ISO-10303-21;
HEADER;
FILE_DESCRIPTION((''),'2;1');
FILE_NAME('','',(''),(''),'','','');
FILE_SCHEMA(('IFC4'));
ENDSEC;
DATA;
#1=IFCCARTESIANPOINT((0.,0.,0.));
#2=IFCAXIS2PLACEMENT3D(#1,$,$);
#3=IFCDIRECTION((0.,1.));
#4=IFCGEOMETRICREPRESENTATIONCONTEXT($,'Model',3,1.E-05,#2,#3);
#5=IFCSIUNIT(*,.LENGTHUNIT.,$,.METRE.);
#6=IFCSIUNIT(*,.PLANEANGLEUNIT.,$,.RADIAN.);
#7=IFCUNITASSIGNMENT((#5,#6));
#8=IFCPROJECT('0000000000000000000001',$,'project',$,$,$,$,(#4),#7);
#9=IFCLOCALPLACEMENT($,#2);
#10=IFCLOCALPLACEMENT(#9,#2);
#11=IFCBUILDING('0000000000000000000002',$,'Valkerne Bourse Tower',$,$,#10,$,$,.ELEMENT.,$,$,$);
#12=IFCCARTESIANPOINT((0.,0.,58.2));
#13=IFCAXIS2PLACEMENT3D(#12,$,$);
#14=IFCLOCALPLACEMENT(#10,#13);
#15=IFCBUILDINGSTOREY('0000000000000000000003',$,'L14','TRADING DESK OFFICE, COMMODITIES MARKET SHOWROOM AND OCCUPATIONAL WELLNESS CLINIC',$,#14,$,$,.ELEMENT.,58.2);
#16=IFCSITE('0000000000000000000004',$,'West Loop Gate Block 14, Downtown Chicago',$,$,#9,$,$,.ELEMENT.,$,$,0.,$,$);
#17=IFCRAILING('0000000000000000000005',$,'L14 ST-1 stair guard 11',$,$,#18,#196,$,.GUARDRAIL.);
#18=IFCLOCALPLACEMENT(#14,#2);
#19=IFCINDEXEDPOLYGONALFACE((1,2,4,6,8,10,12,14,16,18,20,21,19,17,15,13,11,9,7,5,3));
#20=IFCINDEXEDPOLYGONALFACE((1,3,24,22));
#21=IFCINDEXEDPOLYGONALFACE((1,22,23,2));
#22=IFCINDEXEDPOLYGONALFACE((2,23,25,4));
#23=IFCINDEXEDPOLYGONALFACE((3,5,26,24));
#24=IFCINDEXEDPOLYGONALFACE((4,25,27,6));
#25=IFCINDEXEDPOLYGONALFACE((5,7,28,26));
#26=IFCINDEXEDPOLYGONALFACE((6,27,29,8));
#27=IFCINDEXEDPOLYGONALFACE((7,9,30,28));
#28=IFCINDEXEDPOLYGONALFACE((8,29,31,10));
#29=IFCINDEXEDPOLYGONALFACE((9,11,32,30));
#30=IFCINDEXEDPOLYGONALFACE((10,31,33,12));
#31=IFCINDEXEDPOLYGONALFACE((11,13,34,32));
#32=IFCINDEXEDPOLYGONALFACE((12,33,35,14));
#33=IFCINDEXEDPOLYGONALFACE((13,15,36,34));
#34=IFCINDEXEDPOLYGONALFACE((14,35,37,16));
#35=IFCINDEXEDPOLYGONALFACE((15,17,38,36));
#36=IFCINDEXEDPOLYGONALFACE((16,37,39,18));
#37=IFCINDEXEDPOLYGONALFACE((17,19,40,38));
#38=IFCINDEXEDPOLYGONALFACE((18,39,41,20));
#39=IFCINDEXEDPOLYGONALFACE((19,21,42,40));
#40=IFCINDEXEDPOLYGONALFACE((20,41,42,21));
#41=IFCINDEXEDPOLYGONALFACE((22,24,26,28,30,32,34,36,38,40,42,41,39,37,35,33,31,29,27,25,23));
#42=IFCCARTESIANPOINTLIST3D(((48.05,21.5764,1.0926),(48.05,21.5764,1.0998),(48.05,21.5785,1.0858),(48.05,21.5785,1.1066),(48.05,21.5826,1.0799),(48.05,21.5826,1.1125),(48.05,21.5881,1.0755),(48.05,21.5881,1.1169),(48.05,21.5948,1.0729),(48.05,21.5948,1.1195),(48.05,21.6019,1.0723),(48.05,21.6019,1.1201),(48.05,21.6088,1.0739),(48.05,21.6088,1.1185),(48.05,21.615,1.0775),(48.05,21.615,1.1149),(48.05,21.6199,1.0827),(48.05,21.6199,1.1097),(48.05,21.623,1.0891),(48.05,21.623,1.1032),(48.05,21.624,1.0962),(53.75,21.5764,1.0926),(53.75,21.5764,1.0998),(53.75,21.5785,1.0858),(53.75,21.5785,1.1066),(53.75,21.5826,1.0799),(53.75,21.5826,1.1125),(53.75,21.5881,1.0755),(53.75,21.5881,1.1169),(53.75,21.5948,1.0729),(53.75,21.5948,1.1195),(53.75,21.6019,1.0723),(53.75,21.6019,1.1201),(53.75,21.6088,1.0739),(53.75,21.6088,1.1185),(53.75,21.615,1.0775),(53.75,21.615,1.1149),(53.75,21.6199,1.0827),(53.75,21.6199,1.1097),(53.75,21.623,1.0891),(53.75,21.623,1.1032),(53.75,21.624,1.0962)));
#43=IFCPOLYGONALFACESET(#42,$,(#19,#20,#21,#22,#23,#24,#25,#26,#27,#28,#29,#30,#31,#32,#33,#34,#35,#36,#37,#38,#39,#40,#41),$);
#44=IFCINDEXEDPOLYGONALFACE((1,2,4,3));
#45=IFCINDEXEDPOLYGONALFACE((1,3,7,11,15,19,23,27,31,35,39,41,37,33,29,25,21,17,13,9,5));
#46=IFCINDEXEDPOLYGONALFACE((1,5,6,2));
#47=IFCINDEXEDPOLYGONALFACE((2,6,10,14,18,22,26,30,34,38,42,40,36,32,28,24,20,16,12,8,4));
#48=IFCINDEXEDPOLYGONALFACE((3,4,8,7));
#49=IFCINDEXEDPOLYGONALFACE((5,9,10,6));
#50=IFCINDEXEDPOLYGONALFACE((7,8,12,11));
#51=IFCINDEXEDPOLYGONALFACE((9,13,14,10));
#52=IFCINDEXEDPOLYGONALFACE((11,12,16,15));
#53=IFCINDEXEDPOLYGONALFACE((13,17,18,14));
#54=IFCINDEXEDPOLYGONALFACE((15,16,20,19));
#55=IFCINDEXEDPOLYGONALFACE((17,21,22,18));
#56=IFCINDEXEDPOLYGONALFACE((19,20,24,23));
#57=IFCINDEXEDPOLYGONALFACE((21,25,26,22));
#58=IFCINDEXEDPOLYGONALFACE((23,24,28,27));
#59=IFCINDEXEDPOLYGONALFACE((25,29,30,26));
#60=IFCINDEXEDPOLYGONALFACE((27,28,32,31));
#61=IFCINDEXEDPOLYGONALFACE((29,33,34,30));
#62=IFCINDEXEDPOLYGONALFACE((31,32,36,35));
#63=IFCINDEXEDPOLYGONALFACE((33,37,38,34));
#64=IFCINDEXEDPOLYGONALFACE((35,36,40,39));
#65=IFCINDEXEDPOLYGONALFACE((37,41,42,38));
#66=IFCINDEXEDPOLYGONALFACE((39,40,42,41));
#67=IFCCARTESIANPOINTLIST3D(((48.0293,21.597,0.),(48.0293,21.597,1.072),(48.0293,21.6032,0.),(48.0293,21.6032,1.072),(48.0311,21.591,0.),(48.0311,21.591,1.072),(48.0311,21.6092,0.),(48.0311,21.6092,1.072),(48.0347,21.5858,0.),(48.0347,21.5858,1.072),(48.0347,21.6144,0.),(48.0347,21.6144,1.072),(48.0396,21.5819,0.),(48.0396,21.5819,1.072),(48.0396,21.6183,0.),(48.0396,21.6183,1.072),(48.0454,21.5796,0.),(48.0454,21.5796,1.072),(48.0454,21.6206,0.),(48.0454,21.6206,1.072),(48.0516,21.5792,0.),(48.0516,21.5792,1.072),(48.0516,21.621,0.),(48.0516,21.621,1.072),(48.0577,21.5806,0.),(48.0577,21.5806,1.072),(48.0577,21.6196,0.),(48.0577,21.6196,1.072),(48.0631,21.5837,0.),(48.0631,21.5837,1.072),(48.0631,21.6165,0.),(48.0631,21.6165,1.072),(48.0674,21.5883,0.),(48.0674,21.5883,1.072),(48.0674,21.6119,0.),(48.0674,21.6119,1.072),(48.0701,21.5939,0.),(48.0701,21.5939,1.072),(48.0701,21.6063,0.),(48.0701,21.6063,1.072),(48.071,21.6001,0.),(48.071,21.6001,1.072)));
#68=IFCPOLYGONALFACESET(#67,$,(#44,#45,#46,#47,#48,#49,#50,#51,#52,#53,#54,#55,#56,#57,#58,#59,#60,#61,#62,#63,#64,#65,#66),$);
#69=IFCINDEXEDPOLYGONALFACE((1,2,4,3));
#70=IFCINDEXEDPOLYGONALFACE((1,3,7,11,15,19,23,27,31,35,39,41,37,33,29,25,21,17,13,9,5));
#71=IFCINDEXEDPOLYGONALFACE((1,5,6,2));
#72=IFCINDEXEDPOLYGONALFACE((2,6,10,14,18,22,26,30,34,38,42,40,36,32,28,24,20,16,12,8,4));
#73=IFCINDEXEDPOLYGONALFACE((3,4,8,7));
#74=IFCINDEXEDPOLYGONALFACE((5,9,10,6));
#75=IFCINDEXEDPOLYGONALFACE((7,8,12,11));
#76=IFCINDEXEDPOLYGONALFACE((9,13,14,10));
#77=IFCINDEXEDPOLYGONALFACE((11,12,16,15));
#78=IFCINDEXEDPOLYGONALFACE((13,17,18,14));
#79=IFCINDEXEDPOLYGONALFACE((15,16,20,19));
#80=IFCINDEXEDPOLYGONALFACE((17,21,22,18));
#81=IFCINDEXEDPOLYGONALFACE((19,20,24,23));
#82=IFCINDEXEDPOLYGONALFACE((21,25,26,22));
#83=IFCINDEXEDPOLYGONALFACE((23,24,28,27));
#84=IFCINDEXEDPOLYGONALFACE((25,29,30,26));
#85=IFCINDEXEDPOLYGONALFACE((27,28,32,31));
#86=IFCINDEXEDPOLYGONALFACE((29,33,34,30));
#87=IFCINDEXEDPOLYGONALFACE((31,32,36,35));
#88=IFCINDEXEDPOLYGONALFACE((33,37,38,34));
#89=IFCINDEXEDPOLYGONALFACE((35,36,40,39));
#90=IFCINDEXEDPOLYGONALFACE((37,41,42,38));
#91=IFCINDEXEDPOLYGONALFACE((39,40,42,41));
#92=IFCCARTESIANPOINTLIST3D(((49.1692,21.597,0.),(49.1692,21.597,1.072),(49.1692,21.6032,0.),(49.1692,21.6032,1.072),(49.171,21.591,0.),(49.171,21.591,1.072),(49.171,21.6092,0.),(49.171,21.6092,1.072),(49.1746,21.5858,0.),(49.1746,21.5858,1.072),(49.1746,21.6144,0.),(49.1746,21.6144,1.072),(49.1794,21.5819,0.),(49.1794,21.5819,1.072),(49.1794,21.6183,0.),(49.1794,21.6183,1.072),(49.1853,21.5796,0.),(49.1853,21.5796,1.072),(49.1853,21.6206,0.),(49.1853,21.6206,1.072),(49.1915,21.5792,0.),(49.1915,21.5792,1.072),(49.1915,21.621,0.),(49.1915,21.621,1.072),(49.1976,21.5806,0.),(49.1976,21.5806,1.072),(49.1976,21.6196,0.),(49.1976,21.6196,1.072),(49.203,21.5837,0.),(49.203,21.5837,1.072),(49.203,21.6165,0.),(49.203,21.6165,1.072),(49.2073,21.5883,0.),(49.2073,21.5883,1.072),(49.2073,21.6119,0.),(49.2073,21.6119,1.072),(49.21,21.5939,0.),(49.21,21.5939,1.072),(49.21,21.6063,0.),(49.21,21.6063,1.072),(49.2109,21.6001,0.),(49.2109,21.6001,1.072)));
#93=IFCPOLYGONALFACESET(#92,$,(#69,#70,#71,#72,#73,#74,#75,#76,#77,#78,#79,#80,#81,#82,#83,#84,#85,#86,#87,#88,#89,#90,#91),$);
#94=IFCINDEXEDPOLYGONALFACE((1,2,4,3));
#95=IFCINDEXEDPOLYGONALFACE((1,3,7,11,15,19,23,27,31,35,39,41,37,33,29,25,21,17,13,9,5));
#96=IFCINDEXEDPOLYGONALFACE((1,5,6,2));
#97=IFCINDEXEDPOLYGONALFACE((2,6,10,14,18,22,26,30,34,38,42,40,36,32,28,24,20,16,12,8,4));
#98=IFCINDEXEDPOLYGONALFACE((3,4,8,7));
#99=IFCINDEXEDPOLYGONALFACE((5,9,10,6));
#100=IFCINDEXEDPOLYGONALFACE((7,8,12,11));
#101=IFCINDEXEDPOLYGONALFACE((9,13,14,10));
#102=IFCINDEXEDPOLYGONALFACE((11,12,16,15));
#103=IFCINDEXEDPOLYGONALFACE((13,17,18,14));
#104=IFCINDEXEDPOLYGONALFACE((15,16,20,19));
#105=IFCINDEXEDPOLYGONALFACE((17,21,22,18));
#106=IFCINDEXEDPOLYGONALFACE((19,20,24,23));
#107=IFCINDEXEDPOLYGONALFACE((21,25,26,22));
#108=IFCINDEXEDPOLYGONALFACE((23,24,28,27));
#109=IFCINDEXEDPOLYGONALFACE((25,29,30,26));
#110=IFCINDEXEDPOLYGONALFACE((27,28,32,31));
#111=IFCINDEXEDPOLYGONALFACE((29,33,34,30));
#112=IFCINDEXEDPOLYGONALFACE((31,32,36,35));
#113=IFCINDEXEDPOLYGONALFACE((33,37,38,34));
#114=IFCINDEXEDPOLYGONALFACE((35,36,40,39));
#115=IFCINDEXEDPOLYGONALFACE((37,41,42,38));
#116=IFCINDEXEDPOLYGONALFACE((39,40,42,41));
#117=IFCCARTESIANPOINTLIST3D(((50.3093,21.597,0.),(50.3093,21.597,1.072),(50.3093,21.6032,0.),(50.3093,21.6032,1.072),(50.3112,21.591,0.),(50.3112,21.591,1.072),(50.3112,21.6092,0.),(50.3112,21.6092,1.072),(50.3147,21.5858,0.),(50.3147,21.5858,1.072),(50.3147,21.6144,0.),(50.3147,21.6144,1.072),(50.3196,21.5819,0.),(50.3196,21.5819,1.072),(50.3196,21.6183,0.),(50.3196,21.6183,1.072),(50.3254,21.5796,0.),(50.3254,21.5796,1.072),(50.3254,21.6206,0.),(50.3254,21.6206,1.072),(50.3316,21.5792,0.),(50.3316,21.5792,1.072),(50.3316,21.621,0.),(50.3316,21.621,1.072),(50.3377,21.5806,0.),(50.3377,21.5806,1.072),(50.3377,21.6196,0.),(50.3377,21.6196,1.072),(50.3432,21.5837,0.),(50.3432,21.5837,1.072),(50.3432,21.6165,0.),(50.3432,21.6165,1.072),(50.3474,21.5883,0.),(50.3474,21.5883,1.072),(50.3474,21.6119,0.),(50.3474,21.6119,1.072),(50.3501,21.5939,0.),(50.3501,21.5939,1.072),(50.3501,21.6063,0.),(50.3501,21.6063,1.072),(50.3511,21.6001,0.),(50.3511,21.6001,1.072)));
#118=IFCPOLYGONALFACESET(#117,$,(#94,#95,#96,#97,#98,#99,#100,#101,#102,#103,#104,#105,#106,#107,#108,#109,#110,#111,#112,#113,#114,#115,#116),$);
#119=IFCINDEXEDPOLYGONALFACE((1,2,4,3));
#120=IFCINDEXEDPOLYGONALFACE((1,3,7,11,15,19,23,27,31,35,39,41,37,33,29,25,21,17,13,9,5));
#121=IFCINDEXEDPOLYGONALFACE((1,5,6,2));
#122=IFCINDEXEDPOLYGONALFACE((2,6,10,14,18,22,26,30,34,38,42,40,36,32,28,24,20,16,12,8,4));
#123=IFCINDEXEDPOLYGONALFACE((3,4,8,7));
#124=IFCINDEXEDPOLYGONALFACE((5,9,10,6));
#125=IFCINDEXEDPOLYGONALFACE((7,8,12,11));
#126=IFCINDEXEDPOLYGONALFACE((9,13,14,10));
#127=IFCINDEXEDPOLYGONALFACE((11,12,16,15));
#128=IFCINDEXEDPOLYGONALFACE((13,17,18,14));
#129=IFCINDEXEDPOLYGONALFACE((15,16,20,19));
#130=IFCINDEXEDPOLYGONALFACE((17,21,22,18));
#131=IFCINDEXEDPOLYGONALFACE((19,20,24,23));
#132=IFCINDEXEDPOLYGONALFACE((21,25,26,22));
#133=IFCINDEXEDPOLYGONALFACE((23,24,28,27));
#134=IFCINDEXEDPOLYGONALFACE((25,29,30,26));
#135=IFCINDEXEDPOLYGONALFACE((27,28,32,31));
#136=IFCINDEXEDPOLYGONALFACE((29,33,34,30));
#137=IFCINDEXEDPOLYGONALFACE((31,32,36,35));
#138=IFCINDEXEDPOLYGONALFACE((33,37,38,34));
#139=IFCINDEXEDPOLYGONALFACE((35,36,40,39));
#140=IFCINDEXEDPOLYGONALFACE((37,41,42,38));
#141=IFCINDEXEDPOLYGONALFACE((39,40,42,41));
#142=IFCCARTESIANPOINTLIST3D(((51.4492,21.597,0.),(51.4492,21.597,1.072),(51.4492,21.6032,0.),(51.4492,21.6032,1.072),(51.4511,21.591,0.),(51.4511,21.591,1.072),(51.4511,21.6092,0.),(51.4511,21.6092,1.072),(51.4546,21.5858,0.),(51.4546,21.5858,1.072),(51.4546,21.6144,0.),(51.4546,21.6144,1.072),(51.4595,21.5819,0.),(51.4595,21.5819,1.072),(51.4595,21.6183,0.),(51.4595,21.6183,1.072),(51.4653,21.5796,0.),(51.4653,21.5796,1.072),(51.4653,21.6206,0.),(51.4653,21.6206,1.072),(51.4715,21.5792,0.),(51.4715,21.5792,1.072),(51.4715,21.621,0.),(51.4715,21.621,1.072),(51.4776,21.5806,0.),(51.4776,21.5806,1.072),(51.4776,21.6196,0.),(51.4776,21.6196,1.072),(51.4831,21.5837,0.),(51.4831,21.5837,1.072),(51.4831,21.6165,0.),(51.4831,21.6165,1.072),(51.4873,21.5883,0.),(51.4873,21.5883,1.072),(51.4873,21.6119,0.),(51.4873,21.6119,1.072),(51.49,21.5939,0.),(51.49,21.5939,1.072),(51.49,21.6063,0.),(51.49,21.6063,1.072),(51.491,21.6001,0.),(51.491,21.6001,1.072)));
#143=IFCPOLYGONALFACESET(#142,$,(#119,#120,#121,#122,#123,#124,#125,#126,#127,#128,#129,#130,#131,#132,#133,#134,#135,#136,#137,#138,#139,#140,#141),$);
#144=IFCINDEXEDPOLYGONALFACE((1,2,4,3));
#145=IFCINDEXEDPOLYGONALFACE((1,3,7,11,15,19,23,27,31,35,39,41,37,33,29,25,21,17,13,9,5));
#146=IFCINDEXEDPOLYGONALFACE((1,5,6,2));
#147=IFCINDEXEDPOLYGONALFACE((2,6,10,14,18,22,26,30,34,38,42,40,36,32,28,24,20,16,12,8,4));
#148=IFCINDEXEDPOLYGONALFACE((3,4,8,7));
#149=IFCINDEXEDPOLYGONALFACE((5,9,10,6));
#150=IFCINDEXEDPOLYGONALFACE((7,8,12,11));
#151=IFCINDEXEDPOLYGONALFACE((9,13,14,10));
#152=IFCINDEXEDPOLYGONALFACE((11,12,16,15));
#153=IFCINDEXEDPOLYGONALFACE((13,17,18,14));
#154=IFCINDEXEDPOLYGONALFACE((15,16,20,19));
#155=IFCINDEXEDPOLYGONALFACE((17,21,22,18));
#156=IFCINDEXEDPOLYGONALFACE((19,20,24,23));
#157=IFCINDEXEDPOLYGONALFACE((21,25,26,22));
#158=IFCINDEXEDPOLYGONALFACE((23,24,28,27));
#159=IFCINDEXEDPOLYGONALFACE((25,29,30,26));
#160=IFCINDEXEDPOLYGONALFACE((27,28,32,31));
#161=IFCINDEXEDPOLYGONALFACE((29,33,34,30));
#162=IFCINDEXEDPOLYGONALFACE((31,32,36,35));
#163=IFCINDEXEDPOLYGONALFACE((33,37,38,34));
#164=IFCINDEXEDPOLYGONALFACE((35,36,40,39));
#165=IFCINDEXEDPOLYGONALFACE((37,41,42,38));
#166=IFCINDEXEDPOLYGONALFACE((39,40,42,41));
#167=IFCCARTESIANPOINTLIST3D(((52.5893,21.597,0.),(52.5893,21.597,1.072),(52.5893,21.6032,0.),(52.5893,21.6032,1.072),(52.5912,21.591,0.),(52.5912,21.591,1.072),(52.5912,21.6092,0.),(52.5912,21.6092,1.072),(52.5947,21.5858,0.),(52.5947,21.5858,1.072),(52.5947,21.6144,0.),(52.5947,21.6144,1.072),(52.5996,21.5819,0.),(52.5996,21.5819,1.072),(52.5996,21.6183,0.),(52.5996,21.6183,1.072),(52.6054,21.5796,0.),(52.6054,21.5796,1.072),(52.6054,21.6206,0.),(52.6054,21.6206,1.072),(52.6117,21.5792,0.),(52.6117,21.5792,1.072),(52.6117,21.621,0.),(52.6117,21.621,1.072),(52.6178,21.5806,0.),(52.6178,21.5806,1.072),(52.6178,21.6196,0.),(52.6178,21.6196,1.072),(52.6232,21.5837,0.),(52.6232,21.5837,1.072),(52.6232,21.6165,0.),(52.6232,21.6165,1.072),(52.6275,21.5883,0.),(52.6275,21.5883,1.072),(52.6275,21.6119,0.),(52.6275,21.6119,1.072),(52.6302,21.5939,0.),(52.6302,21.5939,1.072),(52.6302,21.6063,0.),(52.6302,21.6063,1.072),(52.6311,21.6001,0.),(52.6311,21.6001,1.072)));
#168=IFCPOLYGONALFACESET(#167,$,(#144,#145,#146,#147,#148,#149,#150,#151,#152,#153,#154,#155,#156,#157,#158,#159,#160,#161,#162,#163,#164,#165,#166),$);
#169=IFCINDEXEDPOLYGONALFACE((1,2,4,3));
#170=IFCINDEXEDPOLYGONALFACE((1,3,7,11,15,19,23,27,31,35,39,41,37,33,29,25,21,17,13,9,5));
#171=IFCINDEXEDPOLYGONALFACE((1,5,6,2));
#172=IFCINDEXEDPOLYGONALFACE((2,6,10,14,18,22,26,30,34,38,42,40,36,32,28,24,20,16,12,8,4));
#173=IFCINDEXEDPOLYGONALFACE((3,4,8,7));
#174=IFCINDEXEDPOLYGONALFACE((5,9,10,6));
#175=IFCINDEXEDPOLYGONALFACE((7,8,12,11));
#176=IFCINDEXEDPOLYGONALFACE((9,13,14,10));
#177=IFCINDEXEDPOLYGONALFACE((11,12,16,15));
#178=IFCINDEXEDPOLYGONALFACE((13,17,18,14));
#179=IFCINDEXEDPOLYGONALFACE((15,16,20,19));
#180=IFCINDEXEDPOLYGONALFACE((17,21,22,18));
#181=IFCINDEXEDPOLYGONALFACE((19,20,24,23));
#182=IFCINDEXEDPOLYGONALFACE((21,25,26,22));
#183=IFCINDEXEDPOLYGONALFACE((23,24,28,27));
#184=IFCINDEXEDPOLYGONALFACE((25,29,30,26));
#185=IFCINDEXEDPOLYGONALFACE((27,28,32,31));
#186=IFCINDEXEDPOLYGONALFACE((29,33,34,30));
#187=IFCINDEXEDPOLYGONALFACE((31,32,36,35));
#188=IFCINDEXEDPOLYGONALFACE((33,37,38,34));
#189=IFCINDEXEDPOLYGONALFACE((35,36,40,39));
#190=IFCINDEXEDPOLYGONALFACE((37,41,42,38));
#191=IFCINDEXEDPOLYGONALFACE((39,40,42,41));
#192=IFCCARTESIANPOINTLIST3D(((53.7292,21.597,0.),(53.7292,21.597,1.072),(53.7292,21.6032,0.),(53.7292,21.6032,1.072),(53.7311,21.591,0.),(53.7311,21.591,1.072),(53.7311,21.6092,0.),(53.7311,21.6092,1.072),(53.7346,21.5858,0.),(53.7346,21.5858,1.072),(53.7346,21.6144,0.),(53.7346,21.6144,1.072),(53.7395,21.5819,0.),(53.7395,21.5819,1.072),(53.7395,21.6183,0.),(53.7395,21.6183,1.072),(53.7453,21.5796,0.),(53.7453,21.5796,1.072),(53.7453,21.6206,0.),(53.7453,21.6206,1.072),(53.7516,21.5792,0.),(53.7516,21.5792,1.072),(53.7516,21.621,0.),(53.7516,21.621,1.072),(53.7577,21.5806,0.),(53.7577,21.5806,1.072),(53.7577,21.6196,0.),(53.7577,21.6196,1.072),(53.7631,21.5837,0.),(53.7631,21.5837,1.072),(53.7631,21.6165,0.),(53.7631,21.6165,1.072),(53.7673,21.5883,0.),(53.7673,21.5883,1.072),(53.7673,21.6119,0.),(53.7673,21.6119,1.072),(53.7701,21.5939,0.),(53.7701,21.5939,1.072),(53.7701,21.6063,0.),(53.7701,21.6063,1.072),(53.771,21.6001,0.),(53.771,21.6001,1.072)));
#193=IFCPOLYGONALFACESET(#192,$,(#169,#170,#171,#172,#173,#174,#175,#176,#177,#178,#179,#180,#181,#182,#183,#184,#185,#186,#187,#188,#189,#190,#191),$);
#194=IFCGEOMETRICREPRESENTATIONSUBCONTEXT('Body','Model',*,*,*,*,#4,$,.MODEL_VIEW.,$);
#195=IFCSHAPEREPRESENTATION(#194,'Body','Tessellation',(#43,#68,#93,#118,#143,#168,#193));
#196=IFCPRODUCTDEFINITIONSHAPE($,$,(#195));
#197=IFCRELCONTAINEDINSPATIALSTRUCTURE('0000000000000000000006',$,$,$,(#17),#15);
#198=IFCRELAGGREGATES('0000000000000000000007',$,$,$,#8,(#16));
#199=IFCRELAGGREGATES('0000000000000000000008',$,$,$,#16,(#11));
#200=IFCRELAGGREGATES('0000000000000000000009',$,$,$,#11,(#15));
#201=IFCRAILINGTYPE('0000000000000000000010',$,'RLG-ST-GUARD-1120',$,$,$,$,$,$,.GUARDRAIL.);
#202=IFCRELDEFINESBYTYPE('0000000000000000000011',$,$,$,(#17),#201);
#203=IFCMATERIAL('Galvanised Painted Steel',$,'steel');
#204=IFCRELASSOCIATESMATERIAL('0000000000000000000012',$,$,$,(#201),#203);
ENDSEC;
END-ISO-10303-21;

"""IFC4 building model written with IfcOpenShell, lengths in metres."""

from ifc_helpers import new_model, si_unit, direction, frame, origin, origin_2d, place, context, subcontext, project, spatial, circle, extrude, material, type_object, element, save


model = new_model("IFC4")

# Units and contexts
model_context = context("Model", 3, precision=1e-05, world=origin(), true_north=direction((0.0, 1.0)))
body_context = subcontext(model_context, "Body", "Model", "MODEL_VIEW")
ifc_project = project(units=[si_unit("LENGTHUNIT", "METRE"), si_unit("PLANEANGLEUNIT", "RADIAN")], contexts=[model_context])

# Site, building, storey
site_placement = place(None, origin())
site = spatial("IfcSite", under=ifc_project, at=site_placement, Name="West Loop Gate Block 14, Downtown Chicago", CompositionType="ELEMENT", RefElevation=0.0)
building_placement = place(site_placement, origin())
building = spatial("IfcBuilding", under=site, at=building_placement, Name="Valkerne Bourse Tower", CompositionType="ELEMENT")
storey_placement = place(building_placement, frame((0.0, 0.0, 58.2)))
storey = spatial("IfcBuildingStorey", under=building, at=storey_placement, Name="L14", Description="TRADING DESK OFFICE, COMMODITIES MARKET SHOWROOM AND OCCUPATIONAL WELLNESS CLINIC", CompositionType="ELEMENT", Elevation=58.2)

# Shared definitions
ifc_material_1 = material(Name="Galvanised Painted Steel", Category="steel")

# Railing
railing_type_1 = type_object("IfcRailingType", Name="RLG-ST-GUARD-1120", PredefinedType="GUARDRAIL", material=ifc_material_1)
railing_1_placement = place(storey_placement, frame((48.05, 21.6001, 0.0)))
element("IfcRailing", 1, at=railing_1_placement, inside=storey, type_object=railing_type_1, Name="L14 ST-1 stair guard 11", PredefinedType="GUARDRAIL", context=body_context, shape_type="SweptSolid", body=[
    extrude(circle(Radius=0.0239, at=origin_2d()), frame((0.0, 0.0, 1.0962), z_axis=(1.0, 0.0, 0.0), x_axis=(0.0, 1.0, 0.0)), (0.0, 0.0, 1.0), 5.7),
    extrude(circle(Radius=0.021, at=origin_2d()), origin(), (0.0, 0.0, 1.0), 1.072),
    extrude(circle(Radius=0.021, at=origin_2d()), frame((1.1399, 0.0, 0.0)), (0.0, 0.0, 1.0), 1.072),
    extrude(circle(Radius=0.021, at=origin_2d()), frame((2.28, 0.0, 0.0)), (0.0, 0.0, 1.0), 1.072),
    extrude(circle(Radius=0.021, at=origin_2d()), frame((3.4199, 0.0, 0.0)), (0.0, 0.0, 1.0), 1.072),
    extrude(circle(Radius=0.021, at=origin_2d()), frame((4.5601, 0.0, 0.0)), (0.0, 0.0, 1.0), 1.072),
    extrude(circle(Radius=0.021, at=origin_2d()), frame((5.7, 0.0, 0.0)), (0.0, 0.0, 1.0), 1.072),
])

save(model, "model.ifc")
